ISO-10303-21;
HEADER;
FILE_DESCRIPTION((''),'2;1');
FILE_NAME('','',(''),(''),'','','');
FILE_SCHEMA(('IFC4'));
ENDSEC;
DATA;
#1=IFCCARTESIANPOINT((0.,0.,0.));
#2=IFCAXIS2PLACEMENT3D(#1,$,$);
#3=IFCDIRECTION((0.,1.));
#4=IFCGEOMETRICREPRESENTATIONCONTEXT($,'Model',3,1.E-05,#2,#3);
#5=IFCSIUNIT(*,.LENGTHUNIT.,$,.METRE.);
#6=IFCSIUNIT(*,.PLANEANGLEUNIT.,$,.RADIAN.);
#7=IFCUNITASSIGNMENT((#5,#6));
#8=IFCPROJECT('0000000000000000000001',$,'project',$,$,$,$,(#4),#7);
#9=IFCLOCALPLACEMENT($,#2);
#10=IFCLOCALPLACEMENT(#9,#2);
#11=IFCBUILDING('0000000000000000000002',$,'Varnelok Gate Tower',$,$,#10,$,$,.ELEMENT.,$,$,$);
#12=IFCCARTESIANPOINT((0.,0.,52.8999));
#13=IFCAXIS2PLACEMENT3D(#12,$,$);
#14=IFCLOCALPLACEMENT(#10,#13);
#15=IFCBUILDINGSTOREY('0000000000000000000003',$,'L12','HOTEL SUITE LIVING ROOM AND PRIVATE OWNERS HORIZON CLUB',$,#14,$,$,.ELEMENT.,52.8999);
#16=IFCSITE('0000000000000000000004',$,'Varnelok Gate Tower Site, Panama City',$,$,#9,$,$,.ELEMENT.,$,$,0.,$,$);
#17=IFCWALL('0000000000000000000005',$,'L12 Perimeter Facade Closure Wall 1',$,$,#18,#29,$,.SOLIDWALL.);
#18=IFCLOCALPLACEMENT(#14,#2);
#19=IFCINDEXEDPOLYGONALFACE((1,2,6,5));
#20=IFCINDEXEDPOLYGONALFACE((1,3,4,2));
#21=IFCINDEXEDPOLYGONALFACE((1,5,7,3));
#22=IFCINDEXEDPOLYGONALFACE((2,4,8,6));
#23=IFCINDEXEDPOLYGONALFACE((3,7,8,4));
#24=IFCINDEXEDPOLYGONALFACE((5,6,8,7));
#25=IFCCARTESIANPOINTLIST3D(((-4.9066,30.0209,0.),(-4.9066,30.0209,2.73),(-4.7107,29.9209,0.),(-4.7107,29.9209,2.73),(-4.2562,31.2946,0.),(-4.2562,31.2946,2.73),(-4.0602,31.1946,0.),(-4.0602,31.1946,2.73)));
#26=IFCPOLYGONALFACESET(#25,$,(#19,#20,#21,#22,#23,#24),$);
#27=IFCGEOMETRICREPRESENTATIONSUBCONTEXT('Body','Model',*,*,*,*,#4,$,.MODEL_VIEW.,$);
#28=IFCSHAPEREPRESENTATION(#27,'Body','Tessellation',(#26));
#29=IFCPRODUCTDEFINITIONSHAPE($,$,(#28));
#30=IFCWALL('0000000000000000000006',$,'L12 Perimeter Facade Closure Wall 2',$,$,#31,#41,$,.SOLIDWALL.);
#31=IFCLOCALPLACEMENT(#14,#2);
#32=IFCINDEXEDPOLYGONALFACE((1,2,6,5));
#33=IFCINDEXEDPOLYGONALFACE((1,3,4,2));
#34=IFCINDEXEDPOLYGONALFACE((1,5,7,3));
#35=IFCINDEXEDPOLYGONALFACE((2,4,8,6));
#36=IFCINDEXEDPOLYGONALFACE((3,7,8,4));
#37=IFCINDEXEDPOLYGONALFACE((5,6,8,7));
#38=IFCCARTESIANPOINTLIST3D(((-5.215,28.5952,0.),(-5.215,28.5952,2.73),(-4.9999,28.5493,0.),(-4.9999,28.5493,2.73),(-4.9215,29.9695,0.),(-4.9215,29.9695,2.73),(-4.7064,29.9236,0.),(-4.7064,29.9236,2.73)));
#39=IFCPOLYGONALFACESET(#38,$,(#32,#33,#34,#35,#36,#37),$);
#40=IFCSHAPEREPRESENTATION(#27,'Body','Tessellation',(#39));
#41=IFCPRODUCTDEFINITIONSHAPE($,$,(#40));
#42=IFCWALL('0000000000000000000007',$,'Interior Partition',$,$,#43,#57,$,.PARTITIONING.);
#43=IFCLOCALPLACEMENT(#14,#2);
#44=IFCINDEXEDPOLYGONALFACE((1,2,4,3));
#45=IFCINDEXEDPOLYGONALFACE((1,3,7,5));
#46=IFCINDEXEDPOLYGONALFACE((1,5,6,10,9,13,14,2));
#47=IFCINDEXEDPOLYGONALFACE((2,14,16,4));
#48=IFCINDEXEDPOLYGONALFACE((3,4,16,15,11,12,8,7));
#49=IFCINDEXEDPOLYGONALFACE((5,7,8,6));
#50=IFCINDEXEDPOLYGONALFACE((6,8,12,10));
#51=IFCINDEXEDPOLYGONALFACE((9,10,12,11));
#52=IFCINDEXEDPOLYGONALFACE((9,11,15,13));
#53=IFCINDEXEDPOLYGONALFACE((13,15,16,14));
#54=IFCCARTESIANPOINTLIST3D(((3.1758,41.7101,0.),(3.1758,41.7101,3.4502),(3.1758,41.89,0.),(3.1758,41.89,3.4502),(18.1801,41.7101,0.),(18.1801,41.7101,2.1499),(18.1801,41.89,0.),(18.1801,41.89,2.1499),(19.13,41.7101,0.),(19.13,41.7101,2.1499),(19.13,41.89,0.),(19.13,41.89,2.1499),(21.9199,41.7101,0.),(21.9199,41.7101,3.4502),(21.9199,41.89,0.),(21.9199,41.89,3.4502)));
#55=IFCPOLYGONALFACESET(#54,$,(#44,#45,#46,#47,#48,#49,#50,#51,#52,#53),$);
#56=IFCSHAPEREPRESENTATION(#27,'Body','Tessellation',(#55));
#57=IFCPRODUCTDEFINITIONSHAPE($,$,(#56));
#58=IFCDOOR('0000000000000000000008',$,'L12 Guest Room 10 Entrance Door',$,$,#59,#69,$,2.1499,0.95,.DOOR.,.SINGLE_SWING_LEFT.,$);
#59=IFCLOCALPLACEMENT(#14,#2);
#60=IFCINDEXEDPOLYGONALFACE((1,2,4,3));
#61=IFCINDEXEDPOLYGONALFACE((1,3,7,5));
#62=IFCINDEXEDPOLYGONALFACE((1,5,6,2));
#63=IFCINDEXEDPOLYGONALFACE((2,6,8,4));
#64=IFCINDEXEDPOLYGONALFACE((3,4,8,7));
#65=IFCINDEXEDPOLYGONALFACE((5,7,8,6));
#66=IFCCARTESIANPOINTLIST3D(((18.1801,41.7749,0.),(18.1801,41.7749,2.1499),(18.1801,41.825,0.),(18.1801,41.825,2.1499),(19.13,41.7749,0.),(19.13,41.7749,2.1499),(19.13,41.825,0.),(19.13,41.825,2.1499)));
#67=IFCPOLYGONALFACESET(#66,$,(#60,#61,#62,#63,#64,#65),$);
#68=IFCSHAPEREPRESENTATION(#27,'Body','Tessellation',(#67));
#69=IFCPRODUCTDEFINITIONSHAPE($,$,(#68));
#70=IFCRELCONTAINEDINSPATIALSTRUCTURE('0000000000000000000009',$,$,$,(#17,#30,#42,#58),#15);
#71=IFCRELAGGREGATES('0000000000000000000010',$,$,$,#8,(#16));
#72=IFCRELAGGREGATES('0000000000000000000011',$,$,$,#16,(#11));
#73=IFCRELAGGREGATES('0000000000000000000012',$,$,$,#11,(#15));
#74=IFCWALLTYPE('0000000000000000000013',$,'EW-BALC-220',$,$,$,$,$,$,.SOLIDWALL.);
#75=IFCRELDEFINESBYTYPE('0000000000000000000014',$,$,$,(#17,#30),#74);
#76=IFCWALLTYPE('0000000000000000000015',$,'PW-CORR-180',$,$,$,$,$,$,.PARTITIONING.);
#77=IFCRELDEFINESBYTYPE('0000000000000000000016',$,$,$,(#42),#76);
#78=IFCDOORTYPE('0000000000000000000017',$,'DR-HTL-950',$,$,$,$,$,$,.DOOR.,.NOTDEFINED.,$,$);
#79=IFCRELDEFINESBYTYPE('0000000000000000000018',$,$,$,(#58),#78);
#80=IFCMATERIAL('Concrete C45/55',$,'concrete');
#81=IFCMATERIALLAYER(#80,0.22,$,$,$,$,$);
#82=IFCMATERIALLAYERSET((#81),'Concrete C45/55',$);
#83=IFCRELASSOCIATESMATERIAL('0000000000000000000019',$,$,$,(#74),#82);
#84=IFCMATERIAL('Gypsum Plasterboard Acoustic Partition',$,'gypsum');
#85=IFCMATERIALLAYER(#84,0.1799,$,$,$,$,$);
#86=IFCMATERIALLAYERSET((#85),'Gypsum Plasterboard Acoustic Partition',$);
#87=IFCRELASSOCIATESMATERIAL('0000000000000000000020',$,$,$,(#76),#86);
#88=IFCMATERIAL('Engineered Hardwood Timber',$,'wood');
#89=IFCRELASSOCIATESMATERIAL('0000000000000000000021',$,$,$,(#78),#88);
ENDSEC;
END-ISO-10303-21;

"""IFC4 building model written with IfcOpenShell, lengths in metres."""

from ifc_helpers import new_model, si_unit, direction, frame, frame_2d, origin, place, context, subcontext, project, spatial, rectangle, extrude, material, layer, layer_set, type_object, element, fill, save


model = new_model("IFC4")

# Units and contexts
model_context = context("Model", 3, precision=1e-05, world=origin(), true_north=direction((0.0, 1.0)))
body_context = subcontext(model_context, "Body", "Model", "MODEL_VIEW")
ifc_project = project(units=[si_unit("LENGTHUNIT", "METRE"), si_unit("PLANEANGLEUNIT", "RADIAN")], contexts=[model_context])

# Site, building, storey
site_placement = place(None, origin())
site = spatial("IfcSite", under=ifc_project, at=site_placement, Name="Varnelok Gate Tower Site, Panama City", CompositionType="ELEMENT", RefElevation=0.0)
building_placement = place(site_placement, origin())
building = spatial("IfcBuilding", under=site, at=building_placement, Name="Varnelok Gate Tower", CompositionType="ELEMENT")
storey_placement = place(building_placement, frame((0.0, 0.0, 52.8999)))
storey = spatial("IfcBuildingStorey", under=building, at=storey_placement, Name="L12", Description="HOTEL SUITE LIVING ROOM AND PRIVATE OWNERS HORIZON CLUB", CompositionType="ELEMENT", Elevation=52.8999)

# Walls
ifc_material_1 = material(Name="Concrete C45/55", Category="concrete")
ifc_layer_1 = layer(ifc_material_1, 0.22)
ifc_layer_set_1 = layer_set([ifc_layer_1], Name="Concrete C45/55")
wall_type_1 = type_object("IfcWallType", Name="EW-BALC-220", PredefinedType="SOLIDWALL", material=ifc_layer_set_1)
wall_1_placement = place(storey_placement, frame((-4.1582, 31.2446, 0.0), z_axis=(0.0, 0.0, 1.0), x_axis=(-0.454777, -0.890605, 0.0)))
element("IfcWall", 1, at=wall_1_placement, inside=storey, type_object=wall_type_1, Name="L12 Perimeter Facade Closure Wall 1", PredefinedType="SOLIDWALL", context=body_context, shape_type="SweptSolid", body=[
    extrude(rectangle(XDim=1.4302, YDim=0.22, at=frame_2d((0.7151, 0.0))), origin(), (0.0, 0.0, 1.0), 2.73),
])
wall_2_placement = place(storey_placement, frame((-4.814, 29.9465, 0.0), z_axis=(0.0, 0.0, 1.0), x_axis=(-0.208829, -0.977952, 0.0)))
element("IfcWall", 2, at=wall_2_placement, inside=storey, type_object=wall_type_1, Name="L12 Perimeter Facade Closure Wall 2", PredefinedType="SOLIDWALL", context=body_context, shape_type="SweptSolid", body=[
    extrude(rectangle(XDim=1.4053, YDim=0.22, at=frame_2d((0.7026, 0.0))), origin(), (0.0, 0.0, 1.0), 2.73),
])

# Wall, opening, door
ifc_material_2 = material(Name="Gypsum Plasterboard Acoustic Partition", Category="gypsum")
ifc_layer_2 = layer(ifc_material_2, 0.1799)
ifc_layer_set_2 = layer_set([ifc_layer_2], Name="Gypsum Plasterboard Acoustic Partition")
wall_type_2 = type_object("IfcWallType", Name="PW-CORR-180", PredefinedType="PARTITIONING", material=ifc_layer_set_2)
wall_3_placement = place(storey_placement, frame((3.1758, 41.8, 0.0), z_axis=(0.0, 0.0, 1.0), x_axis=(1.0, 0.0, 0.0)))
wall_3 = element("IfcWall", 3, at=wall_3_placement, inside=storey, type_object=wall_type_2, Name="Interior Partition", PredefinedType="PARTITIONING", context=body_context, shape_type="SweptSolid", body=[
    extrude(rectangle(XDim=18.7441, YDim=0.1799, at=frame_2d((9.3721, 0.0))), origin(), (0.0, 0.0, 1.0), 3.4502),
])
opening_placement = place(wall_3_placement, frame((15.0042, 0.0, 0.0)))
opening = element("IfcOpeningElement", 4, at=opening_placement, cuts=wall_3, PredefinedType="OPENING", context=body_context, shape_type="SweptSolid", body=[
    extrude(rectangle(XDim=0.95, YDim=2.1499, at=frame_2d((0.4751, 1.075))), frame((0.0, 0.0999, 0.0), z_axis=(0.0, -1.0, 0.0), x_axis=(1.0, 0.0, 0.0)), (0.0, 0.0, 1.0), 0.2),
])
ifc_material_3 = material(Name="Engineered Hardwood Timber", Category="wood")
door_type = type_object("IfcDoorType", Name="DR-HTL-950", OperationType="NOTDEFINED", PredefinedType="DOOR", material=ifc_material_3)
door_placement = place(opening_placement, origin())
door = element("IfcDoor", 5, at=door_placement, inside=storey, type_object=door_type, Name="L12 Guest Room 10 Entrance Door", OperationType="SINGLE_SWING_LEFT", OverallHeight=2.1499, OverallWidth=0.95, PredefinedType="DOOR", context=body_context, shape_type="SweptSolid", body=[
    extrude(rectangle(XDim=0.95, YDim=2.1499, at=frame_2d((0.4751, 1.075))), frame((0.0, 0.0249, 0.0), z_axis=(0.0, -1.0, 0.0), x_axis=(1.0, 0.0, 0.0)), (0.0, 0.0, 1.0), 0.05),
])
fill(opening, door)

save(model, "model.ifc")
